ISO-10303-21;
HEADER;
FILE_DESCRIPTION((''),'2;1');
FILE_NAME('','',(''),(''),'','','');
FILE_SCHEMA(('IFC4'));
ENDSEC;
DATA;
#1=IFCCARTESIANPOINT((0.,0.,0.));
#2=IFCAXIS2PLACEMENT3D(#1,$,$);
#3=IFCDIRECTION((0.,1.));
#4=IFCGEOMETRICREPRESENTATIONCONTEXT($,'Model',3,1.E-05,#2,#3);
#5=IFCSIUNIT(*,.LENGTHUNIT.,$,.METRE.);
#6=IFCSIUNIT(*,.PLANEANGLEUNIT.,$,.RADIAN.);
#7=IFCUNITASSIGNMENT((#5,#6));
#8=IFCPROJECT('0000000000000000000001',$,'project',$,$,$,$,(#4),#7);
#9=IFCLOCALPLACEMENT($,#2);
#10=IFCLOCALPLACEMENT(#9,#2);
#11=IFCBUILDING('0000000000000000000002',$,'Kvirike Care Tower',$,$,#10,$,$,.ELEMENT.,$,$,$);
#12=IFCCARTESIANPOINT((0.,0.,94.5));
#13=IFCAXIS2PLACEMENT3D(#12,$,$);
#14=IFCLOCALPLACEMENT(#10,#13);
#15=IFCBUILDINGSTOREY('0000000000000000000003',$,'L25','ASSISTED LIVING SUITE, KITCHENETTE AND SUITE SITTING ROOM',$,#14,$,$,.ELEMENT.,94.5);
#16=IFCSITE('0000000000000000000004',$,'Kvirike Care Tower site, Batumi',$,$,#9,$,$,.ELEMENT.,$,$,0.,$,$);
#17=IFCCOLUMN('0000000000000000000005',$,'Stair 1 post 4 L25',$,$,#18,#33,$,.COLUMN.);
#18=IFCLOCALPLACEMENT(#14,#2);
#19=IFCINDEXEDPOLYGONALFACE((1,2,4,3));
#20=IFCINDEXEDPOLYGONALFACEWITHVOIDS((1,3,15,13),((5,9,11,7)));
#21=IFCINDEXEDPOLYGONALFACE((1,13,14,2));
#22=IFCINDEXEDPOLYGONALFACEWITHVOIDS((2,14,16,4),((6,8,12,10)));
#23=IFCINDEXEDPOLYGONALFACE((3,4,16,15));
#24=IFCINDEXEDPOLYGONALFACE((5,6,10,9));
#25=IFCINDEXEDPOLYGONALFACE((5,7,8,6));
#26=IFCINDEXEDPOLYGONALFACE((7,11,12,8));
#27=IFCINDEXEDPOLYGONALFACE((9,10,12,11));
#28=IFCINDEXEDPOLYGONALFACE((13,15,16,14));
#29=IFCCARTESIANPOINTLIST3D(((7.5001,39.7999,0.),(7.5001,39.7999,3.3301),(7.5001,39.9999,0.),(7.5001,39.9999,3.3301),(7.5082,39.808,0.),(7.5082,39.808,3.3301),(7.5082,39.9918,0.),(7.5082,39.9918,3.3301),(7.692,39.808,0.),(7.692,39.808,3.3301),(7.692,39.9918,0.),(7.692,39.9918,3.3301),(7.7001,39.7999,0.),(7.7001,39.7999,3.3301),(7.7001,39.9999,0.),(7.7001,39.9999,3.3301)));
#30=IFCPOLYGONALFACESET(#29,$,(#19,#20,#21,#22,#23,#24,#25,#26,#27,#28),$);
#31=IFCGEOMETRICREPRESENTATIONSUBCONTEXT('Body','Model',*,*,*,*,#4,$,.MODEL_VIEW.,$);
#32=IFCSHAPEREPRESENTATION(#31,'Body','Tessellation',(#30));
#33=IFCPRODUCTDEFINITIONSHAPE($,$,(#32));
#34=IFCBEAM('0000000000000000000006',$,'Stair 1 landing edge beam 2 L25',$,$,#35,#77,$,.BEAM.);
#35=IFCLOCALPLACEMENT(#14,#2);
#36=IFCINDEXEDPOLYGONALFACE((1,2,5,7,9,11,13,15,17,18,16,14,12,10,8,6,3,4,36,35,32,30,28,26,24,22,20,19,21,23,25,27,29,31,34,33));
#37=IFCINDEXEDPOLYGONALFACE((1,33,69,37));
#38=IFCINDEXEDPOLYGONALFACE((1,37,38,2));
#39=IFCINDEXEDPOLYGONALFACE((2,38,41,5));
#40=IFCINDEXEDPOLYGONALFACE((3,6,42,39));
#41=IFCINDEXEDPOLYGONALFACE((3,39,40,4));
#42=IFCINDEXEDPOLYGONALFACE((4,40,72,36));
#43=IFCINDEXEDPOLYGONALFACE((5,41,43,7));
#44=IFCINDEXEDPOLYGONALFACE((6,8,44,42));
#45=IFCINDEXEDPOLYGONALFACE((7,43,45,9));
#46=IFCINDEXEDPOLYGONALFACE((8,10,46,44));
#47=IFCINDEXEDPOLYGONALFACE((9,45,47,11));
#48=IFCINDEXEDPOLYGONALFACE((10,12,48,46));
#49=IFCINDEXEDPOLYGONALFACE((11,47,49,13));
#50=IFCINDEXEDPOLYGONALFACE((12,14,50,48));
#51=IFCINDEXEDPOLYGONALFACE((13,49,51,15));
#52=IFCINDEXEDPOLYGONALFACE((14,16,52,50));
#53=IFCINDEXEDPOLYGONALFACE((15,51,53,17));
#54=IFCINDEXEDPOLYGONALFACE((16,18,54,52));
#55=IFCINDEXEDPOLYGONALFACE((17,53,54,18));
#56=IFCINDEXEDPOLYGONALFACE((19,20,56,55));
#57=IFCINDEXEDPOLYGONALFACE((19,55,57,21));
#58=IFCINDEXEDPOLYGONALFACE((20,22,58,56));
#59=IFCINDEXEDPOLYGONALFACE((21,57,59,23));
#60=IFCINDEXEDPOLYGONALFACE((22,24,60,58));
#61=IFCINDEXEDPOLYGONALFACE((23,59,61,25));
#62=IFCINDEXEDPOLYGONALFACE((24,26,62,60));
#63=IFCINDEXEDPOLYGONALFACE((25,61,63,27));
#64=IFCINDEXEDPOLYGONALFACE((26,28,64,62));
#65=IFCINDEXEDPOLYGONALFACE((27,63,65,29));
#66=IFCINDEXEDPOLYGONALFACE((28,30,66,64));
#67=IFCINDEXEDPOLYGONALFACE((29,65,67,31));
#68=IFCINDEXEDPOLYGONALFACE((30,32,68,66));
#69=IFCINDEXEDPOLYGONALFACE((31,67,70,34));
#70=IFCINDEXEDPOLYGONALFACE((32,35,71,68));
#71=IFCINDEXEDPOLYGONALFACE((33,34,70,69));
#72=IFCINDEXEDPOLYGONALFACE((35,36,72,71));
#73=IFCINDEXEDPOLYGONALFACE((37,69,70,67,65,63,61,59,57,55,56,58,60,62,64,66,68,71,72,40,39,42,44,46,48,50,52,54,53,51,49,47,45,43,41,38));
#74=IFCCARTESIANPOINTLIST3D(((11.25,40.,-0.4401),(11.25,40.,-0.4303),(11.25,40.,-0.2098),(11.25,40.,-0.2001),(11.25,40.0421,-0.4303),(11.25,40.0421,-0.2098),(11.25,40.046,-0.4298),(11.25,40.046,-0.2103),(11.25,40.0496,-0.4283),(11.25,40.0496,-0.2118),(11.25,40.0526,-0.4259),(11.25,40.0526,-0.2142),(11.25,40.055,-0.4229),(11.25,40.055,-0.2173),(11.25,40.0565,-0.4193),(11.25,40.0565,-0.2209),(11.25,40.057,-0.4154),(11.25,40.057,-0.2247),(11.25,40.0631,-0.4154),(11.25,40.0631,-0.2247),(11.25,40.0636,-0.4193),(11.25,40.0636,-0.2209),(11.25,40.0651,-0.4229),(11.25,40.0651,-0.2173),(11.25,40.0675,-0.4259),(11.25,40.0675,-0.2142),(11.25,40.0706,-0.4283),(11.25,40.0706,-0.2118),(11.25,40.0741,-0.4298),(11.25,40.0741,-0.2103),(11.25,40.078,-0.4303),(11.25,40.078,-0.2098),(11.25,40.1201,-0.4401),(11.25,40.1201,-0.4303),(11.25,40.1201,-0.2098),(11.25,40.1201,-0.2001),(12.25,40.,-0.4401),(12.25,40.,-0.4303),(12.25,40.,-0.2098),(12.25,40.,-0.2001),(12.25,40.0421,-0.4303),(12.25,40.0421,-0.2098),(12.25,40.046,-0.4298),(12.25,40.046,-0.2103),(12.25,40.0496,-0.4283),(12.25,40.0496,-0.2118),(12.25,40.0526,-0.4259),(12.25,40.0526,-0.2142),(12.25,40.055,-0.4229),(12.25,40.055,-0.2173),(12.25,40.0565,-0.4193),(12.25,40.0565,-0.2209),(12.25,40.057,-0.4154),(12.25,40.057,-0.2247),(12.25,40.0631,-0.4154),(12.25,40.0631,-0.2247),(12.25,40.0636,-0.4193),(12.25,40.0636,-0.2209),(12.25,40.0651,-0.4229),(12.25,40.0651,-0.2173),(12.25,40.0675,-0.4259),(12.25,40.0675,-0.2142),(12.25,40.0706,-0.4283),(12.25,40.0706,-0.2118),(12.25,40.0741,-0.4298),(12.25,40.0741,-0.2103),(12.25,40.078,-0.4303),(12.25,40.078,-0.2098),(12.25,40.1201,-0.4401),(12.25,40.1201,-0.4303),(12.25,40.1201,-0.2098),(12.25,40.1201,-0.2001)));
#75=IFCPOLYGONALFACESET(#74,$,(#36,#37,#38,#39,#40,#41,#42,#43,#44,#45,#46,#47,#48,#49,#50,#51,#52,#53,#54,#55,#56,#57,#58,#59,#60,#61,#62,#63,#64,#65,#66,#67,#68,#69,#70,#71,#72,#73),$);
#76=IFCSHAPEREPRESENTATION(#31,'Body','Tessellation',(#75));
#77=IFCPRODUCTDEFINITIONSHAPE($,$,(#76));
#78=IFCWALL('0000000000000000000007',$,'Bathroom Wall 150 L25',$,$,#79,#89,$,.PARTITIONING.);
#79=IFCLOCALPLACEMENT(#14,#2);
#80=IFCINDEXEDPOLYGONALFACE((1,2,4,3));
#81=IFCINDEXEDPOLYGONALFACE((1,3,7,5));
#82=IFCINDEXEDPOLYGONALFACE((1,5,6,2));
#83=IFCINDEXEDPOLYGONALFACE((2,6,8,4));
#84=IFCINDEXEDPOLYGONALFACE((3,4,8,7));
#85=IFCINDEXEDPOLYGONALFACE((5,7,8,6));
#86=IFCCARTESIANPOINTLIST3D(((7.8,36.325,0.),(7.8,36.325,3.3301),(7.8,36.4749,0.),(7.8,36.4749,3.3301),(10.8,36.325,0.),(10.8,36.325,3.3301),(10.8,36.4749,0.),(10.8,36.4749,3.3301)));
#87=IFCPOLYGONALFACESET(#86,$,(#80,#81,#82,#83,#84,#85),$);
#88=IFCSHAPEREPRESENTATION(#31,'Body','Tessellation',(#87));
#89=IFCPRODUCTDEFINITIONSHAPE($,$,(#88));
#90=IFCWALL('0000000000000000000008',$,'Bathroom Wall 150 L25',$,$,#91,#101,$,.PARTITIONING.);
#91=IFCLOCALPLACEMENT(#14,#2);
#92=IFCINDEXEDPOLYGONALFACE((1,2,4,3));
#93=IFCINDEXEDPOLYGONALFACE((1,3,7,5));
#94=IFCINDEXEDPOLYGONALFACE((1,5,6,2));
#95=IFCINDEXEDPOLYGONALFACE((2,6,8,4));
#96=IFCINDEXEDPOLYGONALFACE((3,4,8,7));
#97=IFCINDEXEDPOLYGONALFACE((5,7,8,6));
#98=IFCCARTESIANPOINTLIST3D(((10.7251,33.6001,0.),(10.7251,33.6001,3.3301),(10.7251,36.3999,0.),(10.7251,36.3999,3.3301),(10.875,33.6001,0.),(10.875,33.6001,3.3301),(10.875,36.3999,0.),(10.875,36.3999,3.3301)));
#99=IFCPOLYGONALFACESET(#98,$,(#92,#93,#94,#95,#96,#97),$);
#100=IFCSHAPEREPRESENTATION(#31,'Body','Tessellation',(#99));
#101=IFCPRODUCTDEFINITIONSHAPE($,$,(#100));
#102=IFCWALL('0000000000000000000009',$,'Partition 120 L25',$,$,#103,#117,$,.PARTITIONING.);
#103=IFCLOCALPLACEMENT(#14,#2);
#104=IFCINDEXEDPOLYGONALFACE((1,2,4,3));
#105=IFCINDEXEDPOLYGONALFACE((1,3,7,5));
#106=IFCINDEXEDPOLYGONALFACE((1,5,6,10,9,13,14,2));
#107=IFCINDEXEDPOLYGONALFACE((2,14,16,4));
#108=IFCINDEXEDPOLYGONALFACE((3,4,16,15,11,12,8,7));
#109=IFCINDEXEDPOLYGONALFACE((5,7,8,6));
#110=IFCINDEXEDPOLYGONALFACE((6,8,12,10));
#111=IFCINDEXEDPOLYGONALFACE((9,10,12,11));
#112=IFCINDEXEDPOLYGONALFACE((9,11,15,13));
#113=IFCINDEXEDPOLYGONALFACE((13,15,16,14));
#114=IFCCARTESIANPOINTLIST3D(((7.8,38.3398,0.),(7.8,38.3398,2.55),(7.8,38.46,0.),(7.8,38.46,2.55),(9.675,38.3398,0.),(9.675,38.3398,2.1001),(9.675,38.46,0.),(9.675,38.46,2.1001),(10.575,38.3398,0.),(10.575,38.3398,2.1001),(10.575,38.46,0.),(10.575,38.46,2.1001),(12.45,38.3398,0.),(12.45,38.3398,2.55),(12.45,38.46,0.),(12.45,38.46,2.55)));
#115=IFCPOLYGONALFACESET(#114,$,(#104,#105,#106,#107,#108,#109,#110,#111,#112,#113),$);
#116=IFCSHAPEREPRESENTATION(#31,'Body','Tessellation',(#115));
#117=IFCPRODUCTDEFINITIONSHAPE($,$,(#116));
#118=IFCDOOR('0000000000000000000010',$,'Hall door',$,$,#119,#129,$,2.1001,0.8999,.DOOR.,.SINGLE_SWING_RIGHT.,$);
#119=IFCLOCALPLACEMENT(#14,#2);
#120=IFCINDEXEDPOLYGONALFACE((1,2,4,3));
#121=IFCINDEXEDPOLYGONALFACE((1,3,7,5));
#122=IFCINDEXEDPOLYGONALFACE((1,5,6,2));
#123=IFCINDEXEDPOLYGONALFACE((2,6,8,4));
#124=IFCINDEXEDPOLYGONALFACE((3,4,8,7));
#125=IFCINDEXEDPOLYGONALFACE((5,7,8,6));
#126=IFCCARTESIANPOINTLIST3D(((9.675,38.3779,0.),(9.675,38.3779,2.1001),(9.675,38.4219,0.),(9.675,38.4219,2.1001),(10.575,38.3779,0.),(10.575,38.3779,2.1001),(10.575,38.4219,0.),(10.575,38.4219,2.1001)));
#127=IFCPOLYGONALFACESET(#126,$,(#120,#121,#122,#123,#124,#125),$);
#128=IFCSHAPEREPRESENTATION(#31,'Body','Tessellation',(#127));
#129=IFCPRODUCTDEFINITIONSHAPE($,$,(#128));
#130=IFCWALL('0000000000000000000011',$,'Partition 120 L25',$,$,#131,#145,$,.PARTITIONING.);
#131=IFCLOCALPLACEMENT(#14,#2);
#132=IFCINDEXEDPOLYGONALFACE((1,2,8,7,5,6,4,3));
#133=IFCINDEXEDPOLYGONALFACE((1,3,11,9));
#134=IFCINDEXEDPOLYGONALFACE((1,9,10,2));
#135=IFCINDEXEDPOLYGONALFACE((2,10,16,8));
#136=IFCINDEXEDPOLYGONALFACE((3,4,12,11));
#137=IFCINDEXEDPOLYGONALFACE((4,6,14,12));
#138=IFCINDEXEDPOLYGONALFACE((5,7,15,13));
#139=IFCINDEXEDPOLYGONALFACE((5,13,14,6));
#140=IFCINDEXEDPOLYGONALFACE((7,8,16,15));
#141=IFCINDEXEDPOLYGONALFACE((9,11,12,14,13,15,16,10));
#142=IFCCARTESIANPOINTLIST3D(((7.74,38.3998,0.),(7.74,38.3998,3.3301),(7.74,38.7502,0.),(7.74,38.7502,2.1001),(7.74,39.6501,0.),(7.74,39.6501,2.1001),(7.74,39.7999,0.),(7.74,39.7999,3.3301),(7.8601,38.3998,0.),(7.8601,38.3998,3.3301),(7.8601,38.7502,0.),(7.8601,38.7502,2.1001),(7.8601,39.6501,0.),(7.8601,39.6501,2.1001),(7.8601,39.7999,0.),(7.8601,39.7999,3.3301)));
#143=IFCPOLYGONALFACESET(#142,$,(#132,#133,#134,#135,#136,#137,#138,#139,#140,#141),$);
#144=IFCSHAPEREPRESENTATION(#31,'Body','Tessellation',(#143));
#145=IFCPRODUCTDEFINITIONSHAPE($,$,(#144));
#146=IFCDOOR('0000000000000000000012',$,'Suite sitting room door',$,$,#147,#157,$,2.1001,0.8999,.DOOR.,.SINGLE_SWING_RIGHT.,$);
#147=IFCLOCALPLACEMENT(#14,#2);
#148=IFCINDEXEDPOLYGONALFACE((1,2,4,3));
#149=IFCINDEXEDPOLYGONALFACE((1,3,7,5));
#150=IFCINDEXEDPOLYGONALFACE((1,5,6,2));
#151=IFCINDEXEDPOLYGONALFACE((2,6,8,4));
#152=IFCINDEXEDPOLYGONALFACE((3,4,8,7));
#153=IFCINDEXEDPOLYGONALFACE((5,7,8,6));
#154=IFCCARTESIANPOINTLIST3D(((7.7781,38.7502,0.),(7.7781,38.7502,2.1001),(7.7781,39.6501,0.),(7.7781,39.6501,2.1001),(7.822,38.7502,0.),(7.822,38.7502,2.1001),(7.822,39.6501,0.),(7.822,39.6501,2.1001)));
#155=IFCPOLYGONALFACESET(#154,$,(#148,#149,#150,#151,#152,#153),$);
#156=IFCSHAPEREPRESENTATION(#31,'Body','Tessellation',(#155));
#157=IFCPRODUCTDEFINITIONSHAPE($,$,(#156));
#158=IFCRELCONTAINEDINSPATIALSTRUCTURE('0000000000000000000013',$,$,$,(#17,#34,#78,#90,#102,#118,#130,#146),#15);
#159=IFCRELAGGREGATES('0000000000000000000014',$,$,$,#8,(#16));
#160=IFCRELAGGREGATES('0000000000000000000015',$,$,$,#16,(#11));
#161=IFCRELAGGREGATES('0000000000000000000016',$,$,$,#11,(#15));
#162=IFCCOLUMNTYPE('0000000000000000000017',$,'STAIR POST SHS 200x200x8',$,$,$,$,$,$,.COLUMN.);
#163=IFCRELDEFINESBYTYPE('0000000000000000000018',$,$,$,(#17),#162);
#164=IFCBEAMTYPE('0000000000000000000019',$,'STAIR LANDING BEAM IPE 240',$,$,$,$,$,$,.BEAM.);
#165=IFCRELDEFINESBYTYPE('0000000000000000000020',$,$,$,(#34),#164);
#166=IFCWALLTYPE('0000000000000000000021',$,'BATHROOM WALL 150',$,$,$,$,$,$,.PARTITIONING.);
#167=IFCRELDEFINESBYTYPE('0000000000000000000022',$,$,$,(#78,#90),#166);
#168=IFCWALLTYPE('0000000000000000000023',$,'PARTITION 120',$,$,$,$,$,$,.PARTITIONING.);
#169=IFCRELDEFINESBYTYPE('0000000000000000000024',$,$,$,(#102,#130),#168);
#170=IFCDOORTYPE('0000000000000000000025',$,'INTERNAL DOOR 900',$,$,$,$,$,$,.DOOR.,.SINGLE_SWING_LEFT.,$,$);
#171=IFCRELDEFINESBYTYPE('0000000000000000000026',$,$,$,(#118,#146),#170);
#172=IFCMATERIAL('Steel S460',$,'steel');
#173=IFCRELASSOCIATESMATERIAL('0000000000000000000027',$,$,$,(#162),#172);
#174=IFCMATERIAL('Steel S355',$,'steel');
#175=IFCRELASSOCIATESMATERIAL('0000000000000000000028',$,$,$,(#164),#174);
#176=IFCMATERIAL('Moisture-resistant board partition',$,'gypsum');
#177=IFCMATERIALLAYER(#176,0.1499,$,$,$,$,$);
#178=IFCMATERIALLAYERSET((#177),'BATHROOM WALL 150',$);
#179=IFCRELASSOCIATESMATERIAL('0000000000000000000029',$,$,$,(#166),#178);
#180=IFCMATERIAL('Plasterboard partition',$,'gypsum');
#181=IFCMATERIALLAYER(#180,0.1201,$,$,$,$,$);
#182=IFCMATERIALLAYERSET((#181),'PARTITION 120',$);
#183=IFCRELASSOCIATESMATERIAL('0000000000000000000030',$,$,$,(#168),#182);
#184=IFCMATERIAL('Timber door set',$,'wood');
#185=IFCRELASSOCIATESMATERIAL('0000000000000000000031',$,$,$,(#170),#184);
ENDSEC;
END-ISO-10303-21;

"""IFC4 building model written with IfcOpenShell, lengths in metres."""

from ifc_helpers import new_model, si_unit, direction, frame, frame_2d, origin, origin_2d, place, context, subcontext, project, spatial, rectangle, hollow_rectangle, i_section, extrude, material, layer, layer_set, material_profile, profile_set, type_object, element, fill, save


model = new_model("IFC4")

# Units and contexts
model_context = context("Model", 3, precision=1e-05, world=origin(), true_north=direction((0.0, 1.0)))
body_context = subcontext(model_context, "Body", "Model", "MODEL_VIEW")
ifc_project = project(units=[si_unit("LENGTHUNIT", "METRE"), si_unit("PLANEANGLEUNIT", "RADIAN")], contexts=[model_context])

# Site, building, storey
site_placement = place(None, origin())
site = spatial("IfcSite", under=ifc_project, at=site_placement, Name="Kvirike Care Tower site, Batumi", CompositionType="ELEMENT", RefElevation=0.0)
building_placement = place(site_placement, origin())
building = spatial("IfcBuilding", under=site, at=building_placement, Name="Kvirike Care Tower", CompositionType="ELEMENT")
storey_placement = place(building_placement, frame((0.0, 0.0, 94.5)))
storey = spatial("IfcBuildingStorey", under=building, at=storey_placement, Name="L25", Description="ASSISTED LIVING SUITE, KITCHENETTE AND SUITE SITTING ROOM", CompositionType="ELEMENT", Elevation=94.5)

# Column
ifc_material_1 = material(Name="Steel S460", Category="steel")
ifc_material_profile_1 = material_profile(ifc_material_1, hollow_rectangle(XDim=0.2, YDim=0.2, WallThickness=0.0081, at=origin_2d()), Name="SHS 200x200x8")
ifc_profile_set_1 = profile_set([ifc_material_profile_1], Name="Steel S460")
column_type = type_object("IfcColumnType", Name="STAIR POST SHS 200x200x8", PredefinedType="COLUMN", material=ifc_profile_set_1)
column_placement = place(storey_placement, frame((7.6001, 39.8999, 0.0), z_axis=(0.0, 0.0, 1.0), x_axis=(1.0, 0.0, 0.0)))
element("IfcColumn", 1, at=column_placement, inside=storey, type_object=column_type, Name="Stair 1 post 4 L25", PredefinedType="COLUMN", context=body_context, shape_type="SweptSolid", body=[
    extrude(hollow_rectangle(XDim=0.2, YDim=0.2, WallThickness=0.0081, at=origin_2d()), origin(), (0.0, 0.0, 1.0), 3.3301),
])

# Beam
ifc_material_2 = material(Name="Steel S355", Category="steel")
ifc_material_profile_2 = material_profile(ifc_material_2, i_section(OverallWidth=0.1201, OverallDepth=0.24, WebThickness=0.0061, FlangeThickness=0.0098, FilletRadius=0.0149, at=origin_2d()), Name="IPE 240")
ifc_profile_set_2 = profile_set([ifc_material_profile_2], Name="Steel S355")
beam_type = type_object("IfcBeamType", Name="STAIR LANDING BEAM IPE 240", PredefinedType="BEAM", material=ifc_profile_set_2)
beam_placement = place(storey_placement, frame((11.25, 40.0601, -0.3201), z_axis=(1.0, 0.0, 0.0), x_axis=(0.0, 1.0, 0.0)))
element("IfcBeam", 2, at=beam_placement, inside=storey, type_object=beam_type, Name="Stair 1 landing edge beam 2 L25", PredefinedType="BEAM", context=body_context, shape_type="SweptSolid", body=[
    extrude(i_section(OverallWidth=0.1201, OverallDepth=0.24, WebThickness=0.0061, FlangeThickness=0.0098, FilletRadius=0.0149, at=origin_2d()), origin(), (0.0, 0.0, 1.0), 1.0),
])

# Walls
ifc_material_3 = material(Name="Moisture-resistant board partition", Category="gypsum")
ifc_layer_1 = layer(ifc_material_3, 0.1499)
ifc_layer_set_1 = layer_set([ifc_layer_1], Name="BATHROOM WALL 150")
wall_type_1 = type_object("IfcWallType", Name="BATHROOM WALL 150", PredefinedType="PARTITIONING", material=ifc_layer_set_1)
wall_1_placement = place(storey_placement, frame((7.8, 36.3999, 0.0), z_axis=(0.0, 0.0, 1.0), x_axis=(1.0, 0.0, 0.0)))
element("IfcWall", 3, at=wall_1_placement, inside=storey, type_object=wall_type_1, Name="Bathroom Wall 150 L25", PredefinedType="PARTITIONING", context=body_context, shape_type="SweptSolid", body=[
    extrude(rectangle(XDim=3.0, YDim=0.1499, at=frame_2d((1.5, 0.0))), origin(), (0.0, 0.0, 1.0), 3.3301),
])
wall_2_placement = place(storey_placement, frame((10.8, 36.3999, 0.0), z_axis=(0.0, 0.0, 1.0), x_axis=(0.0, -1.0, 0.0)))
element("IfcWall", 4, at=wall_2_placement, inside=storey, type_object=wall_type_1, Name="Bathroom Wall 150 L25", PredefinedType="PARTITIONING", context=body_context, shape_type="SweptSolid", body=[
    extrude(rectangle(XDim=2.7998, YDim=0.1499, at=frame_2d((1.3999, 0.0))), origin(), (0.0, 0.0, 1.0), 3.3301),
])

# Walls, openings, doors
ifc_material_4 = material(Name="Plasterboard partition", Category="gypsum")
ifc_layer_2 = layer(ifc_material_4, 0.1201)
ifc_layer_set_2 = layer_set([ifc_layer_2], Name="PARTITION 120")
wall_type_2 = type_object("IfcWallType", Name="PARTITION 120", PredefinedType="PARTITIONING", material=ifc_layer_set_2)
wall_3_placement = place(storey_placement, frame((7.8, 38.3999, 0.0), z_axis=(0.0, 0.0, 1.0), x_axis=(1.0, 0.0, 0.0)))
wall_3 = element("IfcWall", 5, at=wall_3_placement, inside=storey, type_object=wall_type_2, Name="Partition 120 L25", PredefinedType="PARTITIONING", context=body_context, shape_type="SweptSolid", body=[
    extrude(rectangle(XDim=4.6499, YDim=0.1201, at=frame_2d((2.325, 0.0))), origin(), (0.0, 0.0, 1.0), 2.55),
])
opening_1_placement = place(wall_3_placement, frame((1.875, 0.0, 0.0)))
opening_1 = element("IfcOpeningElement", 6, at=opening_1_placement, cuts=wall_3, PredefinedType="OPENING", context=body_context, shape_type="SweptSolid", body=[
    extrude(rectangle(XDim=0.8999, YDim=2.1001, at=frame_2d((0.45, 1.05))), frame((0.0, 0.0706, 0.0), z_axis=(0.0, -1.0, 0.0), x_axis=(1.0, 0.0, 0.0)), (0.0, 0.0, 1.0), 0.1411),
])
ifc_material_5 = material(Name="Timber door set", Category="wood")
door_type_1 = type_object("IfcDoorType", Name="INTERNAL DOOR 900", OperationType="SINGLE_SWING_LEFT", PredefinedType="DOOR", material=ifc_material_5)
door_1_placement = place(opening_1_placement, origin())
door_1 = element("IfcDoor", 7, at=door_1_placement, inside=storey, type_object=door_type_1, Name="Hall door", OperationType="SINGLE_SWING_RIGHT", OverallHeight=2.1001, OverallWidth=0.8999, PredefinedType="DOOR", context=body_context, shape_type="SweptSolid", body=[
    extrude(rectangle(XDim=0.8999, YDim=2.1001, at=frame_2d((0.45, 1.05))), frame((0.0, 0.022, 0.0), z_axis=(0.0, -1.0, 0.0), x_axis=(1.0, 0.0, 0.0)), (0.0, 0.0, 1.0), 0.0439),
])
fill(opening_1, door_1)
wall_4_placement = place(storey_placement, frame((7.8, 39.8, 0.0), z_axis=(0.0, 0.0, 1.0), x_axis=(0.0, -1.0, 0.0)))
wall_4 = element("IfcWall", 8, at=wall_4_placement, inside=storey, type_object=wall_type_2, Name="Partition 120 L25", PredefinedType="PARTITIONING", context=body_context, shape_type="SweptSolid", body=[
    extrude(rectangle(XDim=1.4001, YDim=0.1201, at=frame_2d((0.7002, 0.0))), origin(), (0.0, 0.0, 1.0), 3.3301),
])
opening_2_placement = place(wall_4_placement, frame((0.1499, 0.0, 0.0)))
opening_2 = element("IfcOpeningElement", 9, at=opening_2_placement, cuts=wall_4, PredefinedType="OPENING", context=body_context, shape_type="SweptSolid", body=[
    extrude(rectangle(XDim=0.8999, YDim=2.1001, at=frame_2d((0.45, 1.05))), frame((0.0, 0.0706, 0.0), z_axis=(0.0, -1.0, 0.0), x_axis=(1.0, 0.0, 0.0)), (0.0, 0.0, 1.0), 0.1411),
])
door_2_placement = place(opening_2_placement, origin())
door_2 = element("IfcDoor", 10, at=door_2_placement, inside=storey, type_object=door_type_1, Name="Suite sitting room door", OperationType="SINGLE_SWING_RIGHT", OverallHeight=2.1001, OverallWidth=0.8999, PredefinedType="DOOR", context=body_context, shape_type="SweptSolid", body=[
    extrude(rectangle(XDim=0.8999, YDim=2.1001, at=frame_2d((0.45, 1.05))), frame((0.0, 0.022, 0.0), z_axis=(0.0, -1.0, 0.0), x_axis=(1.0, 0.0, 0.0)), (0.0, 0.0, 1.0), 0.0439),
])
fill(opening_2, door_2)

save(model, "model.ifc")
